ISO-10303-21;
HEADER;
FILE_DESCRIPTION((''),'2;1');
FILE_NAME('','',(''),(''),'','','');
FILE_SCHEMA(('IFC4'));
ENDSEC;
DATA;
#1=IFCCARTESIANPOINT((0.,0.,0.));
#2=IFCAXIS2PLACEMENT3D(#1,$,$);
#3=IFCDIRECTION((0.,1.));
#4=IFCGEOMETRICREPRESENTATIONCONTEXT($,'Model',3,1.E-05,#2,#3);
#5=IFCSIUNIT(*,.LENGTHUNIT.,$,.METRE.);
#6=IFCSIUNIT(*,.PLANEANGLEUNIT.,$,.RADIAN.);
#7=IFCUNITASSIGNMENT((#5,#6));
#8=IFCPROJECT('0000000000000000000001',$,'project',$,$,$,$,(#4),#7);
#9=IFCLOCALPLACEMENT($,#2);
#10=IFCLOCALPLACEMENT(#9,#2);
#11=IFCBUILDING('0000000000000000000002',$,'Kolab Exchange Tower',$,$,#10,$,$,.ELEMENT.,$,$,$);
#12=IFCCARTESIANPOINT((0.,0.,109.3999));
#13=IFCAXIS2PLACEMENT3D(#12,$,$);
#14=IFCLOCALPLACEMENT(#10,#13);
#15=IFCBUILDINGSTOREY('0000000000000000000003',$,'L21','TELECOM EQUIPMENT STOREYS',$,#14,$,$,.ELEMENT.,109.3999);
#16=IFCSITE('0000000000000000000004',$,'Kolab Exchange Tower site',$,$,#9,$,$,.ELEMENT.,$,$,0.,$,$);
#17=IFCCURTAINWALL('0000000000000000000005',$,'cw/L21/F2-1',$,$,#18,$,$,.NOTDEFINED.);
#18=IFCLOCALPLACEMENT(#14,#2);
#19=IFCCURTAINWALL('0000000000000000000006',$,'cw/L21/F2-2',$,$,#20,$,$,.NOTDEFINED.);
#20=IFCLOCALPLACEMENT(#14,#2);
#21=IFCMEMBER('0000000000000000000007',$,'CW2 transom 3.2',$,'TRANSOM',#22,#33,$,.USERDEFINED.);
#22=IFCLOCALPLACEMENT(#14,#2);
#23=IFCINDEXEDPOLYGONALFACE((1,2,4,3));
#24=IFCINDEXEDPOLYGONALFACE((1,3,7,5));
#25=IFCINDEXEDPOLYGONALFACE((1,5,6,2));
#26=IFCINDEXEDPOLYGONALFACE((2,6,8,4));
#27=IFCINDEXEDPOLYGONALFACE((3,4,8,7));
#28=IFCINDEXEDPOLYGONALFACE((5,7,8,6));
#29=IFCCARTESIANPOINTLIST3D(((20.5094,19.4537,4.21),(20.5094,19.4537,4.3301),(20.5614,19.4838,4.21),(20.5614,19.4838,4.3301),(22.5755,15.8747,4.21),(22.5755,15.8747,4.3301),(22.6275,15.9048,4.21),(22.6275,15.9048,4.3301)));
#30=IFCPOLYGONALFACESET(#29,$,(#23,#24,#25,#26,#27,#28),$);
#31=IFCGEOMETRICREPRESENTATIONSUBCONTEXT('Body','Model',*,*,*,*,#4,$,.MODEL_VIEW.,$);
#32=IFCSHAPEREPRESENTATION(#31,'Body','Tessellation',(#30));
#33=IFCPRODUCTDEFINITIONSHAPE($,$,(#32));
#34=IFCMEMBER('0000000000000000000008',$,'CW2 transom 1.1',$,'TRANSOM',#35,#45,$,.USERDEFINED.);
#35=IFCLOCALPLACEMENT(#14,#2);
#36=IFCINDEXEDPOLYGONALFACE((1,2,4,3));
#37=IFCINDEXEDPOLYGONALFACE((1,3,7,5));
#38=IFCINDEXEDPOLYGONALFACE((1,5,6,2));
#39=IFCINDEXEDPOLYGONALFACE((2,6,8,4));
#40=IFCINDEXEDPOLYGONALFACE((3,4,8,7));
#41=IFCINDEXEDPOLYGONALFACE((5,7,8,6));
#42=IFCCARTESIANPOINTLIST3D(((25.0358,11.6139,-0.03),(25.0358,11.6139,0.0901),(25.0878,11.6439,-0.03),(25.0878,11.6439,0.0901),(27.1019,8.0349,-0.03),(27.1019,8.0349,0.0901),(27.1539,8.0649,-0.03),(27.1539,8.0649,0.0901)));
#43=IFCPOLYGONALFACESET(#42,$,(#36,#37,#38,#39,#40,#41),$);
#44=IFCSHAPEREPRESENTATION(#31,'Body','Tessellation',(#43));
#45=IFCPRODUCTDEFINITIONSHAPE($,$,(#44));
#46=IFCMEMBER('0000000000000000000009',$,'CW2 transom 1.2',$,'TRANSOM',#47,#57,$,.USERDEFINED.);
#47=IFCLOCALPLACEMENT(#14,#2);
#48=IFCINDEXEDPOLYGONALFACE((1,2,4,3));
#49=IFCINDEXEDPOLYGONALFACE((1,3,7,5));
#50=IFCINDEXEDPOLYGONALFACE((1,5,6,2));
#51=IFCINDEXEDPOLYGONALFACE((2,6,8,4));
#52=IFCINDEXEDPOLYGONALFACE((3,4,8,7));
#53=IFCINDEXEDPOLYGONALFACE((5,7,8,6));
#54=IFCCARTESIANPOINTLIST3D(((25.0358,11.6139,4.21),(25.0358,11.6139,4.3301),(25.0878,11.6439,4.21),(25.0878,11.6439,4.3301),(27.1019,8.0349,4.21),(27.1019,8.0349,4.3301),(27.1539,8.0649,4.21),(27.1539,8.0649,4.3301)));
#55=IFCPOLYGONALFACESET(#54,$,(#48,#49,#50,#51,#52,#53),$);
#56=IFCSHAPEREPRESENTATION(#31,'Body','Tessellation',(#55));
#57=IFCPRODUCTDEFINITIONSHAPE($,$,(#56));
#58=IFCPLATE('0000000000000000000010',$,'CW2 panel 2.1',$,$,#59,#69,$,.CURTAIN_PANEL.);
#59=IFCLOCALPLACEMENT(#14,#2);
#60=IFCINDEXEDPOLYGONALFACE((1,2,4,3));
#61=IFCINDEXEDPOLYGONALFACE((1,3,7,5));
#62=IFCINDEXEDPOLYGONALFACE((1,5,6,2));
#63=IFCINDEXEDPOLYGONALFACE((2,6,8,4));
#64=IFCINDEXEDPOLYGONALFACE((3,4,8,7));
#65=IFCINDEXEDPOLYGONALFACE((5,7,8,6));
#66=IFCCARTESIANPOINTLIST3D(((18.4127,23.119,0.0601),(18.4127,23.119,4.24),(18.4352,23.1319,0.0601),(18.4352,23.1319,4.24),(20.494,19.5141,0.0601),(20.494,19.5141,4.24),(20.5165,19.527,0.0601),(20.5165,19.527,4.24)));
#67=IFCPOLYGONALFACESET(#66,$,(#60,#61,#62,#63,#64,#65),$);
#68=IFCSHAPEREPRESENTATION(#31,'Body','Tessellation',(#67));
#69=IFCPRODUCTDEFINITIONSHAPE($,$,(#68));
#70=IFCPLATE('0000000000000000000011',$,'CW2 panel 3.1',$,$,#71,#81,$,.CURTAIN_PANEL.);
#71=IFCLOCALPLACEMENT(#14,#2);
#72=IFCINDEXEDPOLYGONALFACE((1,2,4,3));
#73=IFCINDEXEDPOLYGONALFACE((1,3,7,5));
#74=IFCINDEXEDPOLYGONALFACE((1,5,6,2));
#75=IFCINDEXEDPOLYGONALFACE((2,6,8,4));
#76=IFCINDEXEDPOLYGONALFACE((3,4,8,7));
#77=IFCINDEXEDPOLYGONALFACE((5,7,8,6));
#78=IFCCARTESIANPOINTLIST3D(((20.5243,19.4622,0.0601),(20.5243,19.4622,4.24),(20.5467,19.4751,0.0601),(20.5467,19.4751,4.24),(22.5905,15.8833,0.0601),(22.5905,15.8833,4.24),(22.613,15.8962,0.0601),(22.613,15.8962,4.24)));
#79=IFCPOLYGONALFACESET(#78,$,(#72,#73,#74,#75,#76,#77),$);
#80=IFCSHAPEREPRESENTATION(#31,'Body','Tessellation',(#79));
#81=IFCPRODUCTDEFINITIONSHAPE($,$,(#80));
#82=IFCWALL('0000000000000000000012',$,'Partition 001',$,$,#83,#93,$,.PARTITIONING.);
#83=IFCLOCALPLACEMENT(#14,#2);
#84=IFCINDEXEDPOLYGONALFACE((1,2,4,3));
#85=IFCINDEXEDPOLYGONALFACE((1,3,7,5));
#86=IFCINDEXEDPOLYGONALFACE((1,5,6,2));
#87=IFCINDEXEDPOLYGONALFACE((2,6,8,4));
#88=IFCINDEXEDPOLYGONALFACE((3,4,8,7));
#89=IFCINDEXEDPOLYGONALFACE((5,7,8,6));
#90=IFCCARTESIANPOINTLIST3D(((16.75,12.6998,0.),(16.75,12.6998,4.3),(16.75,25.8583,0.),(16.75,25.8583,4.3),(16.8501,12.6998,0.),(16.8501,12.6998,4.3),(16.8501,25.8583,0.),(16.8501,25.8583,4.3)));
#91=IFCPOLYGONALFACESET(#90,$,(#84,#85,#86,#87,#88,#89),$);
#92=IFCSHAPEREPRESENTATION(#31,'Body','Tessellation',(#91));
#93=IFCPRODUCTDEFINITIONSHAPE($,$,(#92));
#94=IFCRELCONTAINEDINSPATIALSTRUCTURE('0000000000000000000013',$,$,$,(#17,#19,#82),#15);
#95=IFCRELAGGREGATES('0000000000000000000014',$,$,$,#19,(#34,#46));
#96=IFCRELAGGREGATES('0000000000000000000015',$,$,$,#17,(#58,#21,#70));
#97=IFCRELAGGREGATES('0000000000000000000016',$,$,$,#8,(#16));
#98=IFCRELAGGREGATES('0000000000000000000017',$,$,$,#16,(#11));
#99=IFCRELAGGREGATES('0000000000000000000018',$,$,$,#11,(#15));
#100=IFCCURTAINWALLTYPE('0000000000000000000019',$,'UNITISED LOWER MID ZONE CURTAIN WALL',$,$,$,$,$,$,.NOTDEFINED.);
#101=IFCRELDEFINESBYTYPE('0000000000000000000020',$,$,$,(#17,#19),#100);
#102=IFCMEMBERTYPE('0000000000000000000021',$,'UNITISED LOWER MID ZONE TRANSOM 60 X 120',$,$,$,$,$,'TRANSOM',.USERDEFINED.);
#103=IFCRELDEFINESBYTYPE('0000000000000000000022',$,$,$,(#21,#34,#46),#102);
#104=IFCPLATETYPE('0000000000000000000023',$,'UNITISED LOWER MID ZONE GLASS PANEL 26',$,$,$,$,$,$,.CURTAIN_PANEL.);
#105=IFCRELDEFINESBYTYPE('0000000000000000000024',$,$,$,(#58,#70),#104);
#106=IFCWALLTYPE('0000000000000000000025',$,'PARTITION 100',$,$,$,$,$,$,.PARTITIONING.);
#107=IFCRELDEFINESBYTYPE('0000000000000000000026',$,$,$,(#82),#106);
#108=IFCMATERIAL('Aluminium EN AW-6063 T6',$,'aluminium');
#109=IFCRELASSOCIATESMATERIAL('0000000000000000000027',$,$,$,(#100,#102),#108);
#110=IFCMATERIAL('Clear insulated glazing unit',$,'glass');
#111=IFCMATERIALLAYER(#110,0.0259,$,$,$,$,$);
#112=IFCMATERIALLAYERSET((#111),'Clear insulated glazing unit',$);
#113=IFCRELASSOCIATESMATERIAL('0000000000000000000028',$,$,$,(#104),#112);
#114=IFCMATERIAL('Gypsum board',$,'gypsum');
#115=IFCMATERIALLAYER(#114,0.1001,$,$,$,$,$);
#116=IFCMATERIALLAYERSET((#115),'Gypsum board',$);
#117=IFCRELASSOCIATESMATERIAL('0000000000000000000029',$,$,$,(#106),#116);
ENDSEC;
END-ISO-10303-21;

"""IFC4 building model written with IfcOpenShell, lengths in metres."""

from ifc_helpers import new_model, si_unit, direction, frame, frame_2d, origin, origin_2d, place, context, subcontext, project, spatial, rectangle, extrude, material, layer, layer_set, material_profile, profile_set, type_object, element, aggregate, save


model = new_model("IFC4")

# Units and contexts
model_context = context("Model", 3, precision=1e-05, world=origin(), true_north=direction((0.0, 1.0)))
body_context = subcontext(model_context, "Body", "Model", "MODEL_VIEW")
ifc_project = project(units=[si_unit("LENGTHUNIT", "METRE"), si_unit("PLANEANGLEUNIT", "RADIAN")], contexts=[model_context])

# Site, building, storey
site_placement = place(None, origin())
site = spatial("IfcSite", under=ifc_project, at=site_placement, Name="Kolab Exchange Tower site", CompositionType="ELEMENT", RefElevation=0.0)
building_placement = place(site_placement, origin())
building = spatial("IfcBuilding", under=site, at=building_placement, Name="Kolab Exchange Tower", CompositionType="ELEMENT")
storey_placement = place(building_placement, frame((0.0, 0.0, 109.3999)))
storey = spatial("IfcBuildingStorey", under=building, at=storey_placement, Name="L21", Description="TELECOM EQUIPMENT STOREYS", CompositionType="ELEMENT", Elevation=109.3999)

# Curtain wall
ifc_material_1 = material(Name="Aluminium EN AW-6063 T6", Category="aluminium")
curtain_wall_type = type_object("IfcCurtainWallType", Name="UNITISED LOWER MID ZONE CURTAIN WALL", PredefinedType="NOTDEFINED", material=ifc_material_1)
curtain_wall_1_placement = place(storey_placement, origin())
curtain_wall_1 = element("IfcCurtainWall", 1, at=curtain_wall_1_placement, inside=storey, type_object=curtain_wall_type, Name="cw/L21/F2-1", PredefinedType="NOTDEFINED")

# Curtain wall
curtain_wall_2_placement = place(storey_placement, origin())
curtain_wall_2 = element("IfcCurtainWall", 2, at=curtain_wall_2_placement, inside=storey, type_object=curtain_wall_type, Name="cw/L21/F2-2", PredefinedType="NOTDEFINED")

# Members
ifc_material_profile_1 = material_profile(ifc_material_1, rectangle(XDim=0.0601, YDim=0.1201, at=origin_2d()), Name="RECT 60X120")
ifc_profile_set_1 = profile_set([ifc_material_profile_1], Name="Aluminium EN AW-6063 T6")
member_type_1 = type_object("IfcMemberType", Name="UNITISED LOWER MID ZONE TRANSOM 60 X 120", ElementType="TRANSOM", PredefinedType="USERDEFINED", material=ifc_profile_set_1)
member_1_placement = place(storey_placement, frame((20.5354, 19.4688, 4.27), z_axis=(0.499958, -0.86605, 0.0), x_axis=(0.86605, 0.499958, 0.0)))
member_1 = element("IfcMember", 3, at=member_1_placement, type_object=member_type_1, Name="CW2 transom 3.2", ObjectType="TRANSOM", PredefinedType="USERDEFINED", context=body_context, shape_type="SweptSolid", body=[
    extrude(rectangle(XDim=0.0601, YDim=0.1201, at=origin_2d()), origin(), (0.0, 0.0, 1.0), 4.1326),
])
member_2_placement = place(storey_placement, frame((25.0618, 11.6289, 0.03), z_axis=(0.499958, -0.86605, 0.0), x_axis=(0.86605, 0.499958, 0.0)))
member_2 = element("IfcMember", 4, at=member_2_placement, type_object=member_type_1, Name="CW2 transom 1.1", ObjectType="TRANSOM", PredefinedType="USERDEFINED", context=body_context, shape_type="SweptSolid", body=[
    extrude(rectangle(XDim=0.0601, YDim=0.1201, at=origin_2d()), origin(), (0.0, 0.0, 1.0), 4.1326),
])
member_3_placement = place(storey_placement, frame((25.0618, 11.6289, 4.27), z_axis=(0.499958, -0.86605, 0.0), x_axis=(0.86605, 0.499958, 0.0)))
member_3 = element("IfcMember", 5, at=member_3_placement, type_object=member_type_1, Name="CW2 transom 1.2", ObjectType="TRANSOM", PredefinedType="USERDEFINED", context=body_context, shape_type="SweptSolid", body=[
    extrude(rectangle(XDim=0.0601, YDim=0.1201, at=origin_2d()), origin(), (0.0, 0.0, 1.0), 4.1326),
])
aggregate(curtain_wall_2, [member_2, member_3])

# Plates
ifc_material_2 = material(Name="Clear insulated glazing unit", Category="glass")
ifc_layer_1 = layer(ifc_material_2, 0.0259)
ifc_layer_set_1 = layer_set([ifc_layer_1], Name="Clear insulated glazing unit")
plate_type = type_object("IfcPlateType", Name="UNITISED LOWER MID ZONE GLASS PANEL 26", PredefinedType="CURTAIN_PANEL", material=ifc_layer_set_1)
plate_1_placement = place(storey_placement, frame((19.4646, 21.323, 0.0601), z_axis=(0.0, 0.0, 1.0), x_axis=(0.5, -0.866025, 0.0)))
plate_1 = element("IfcPlate", 6, at=plate_1_placement, type_object=plate_type, Name="CW2 panel 2.1", PredefinedType="CURTAIN_PANEL", context=body_context, shape_type="SweptSolid", body=[
    extrude(rectangle(XDim=4.1626, YDim=0.0259, at=origin_2d()), origin(), (0.0, 0.0, 1.0), 4.1799),
])
plate_2_placement = place(storey_placement, frame((21.5686, 17.6792, 0.0601), z_axis=(0.0, 0.0, 1.0), x_axis=(0.5, -0.866025, 0.0)))
plate_2 = element("IfcPlate", 7, at=plate_2_placement, type_object=plate_type, Name="CW2 panel 3.1", PredefinedType="CURTAIN_PANEL", context=body_context, shape_type="SweptSolid", body=[
    extrude(rectangle(XDim=4.1326, YDim=0.0259, at=origin_2d()), origin(), (0.0, 0.0, 1.0), 4.1799),
])
aggregate(curtain_wall_1, [plate_1, member_1, plate_2])

# Wall
ifc_material_3 = material(Name="Gypsum board", Category="gypsum")
ifc_layer_2 = layer(ifc_material_3, 0.1001)
ifc_layer_set_2 = layer_set([ifc_layer_2], Name="Gypsum board")
wall_type_1 = type_object("IfcWallType", Name="PARTITION 100", PredefinedType="PARTITIONING", material=ifc_layer_set_2)
wall_1_placement = place(storey_placement, frame((16.8, 12.7, 0.0), z_axis=(0.0, 0.0, 1.0), x_axis=(0.0, 1.0, 0.0)))
element("IfcWall", 8, at=wall_1_placement, inside=storey, type_object=wall_type_1, Name="Partition 001", PredefinedType="PARTITIONING", context=body_context, shape_type="SweptSolid", body=[
    extrude(rectangle(XDim=13.1584, YDim=0.1001, at=frame_2d((6.5791, 0.0))), origin(), (0.0, 0.0, 1.0), 4.3),
])

save(model, "model.ifc")
